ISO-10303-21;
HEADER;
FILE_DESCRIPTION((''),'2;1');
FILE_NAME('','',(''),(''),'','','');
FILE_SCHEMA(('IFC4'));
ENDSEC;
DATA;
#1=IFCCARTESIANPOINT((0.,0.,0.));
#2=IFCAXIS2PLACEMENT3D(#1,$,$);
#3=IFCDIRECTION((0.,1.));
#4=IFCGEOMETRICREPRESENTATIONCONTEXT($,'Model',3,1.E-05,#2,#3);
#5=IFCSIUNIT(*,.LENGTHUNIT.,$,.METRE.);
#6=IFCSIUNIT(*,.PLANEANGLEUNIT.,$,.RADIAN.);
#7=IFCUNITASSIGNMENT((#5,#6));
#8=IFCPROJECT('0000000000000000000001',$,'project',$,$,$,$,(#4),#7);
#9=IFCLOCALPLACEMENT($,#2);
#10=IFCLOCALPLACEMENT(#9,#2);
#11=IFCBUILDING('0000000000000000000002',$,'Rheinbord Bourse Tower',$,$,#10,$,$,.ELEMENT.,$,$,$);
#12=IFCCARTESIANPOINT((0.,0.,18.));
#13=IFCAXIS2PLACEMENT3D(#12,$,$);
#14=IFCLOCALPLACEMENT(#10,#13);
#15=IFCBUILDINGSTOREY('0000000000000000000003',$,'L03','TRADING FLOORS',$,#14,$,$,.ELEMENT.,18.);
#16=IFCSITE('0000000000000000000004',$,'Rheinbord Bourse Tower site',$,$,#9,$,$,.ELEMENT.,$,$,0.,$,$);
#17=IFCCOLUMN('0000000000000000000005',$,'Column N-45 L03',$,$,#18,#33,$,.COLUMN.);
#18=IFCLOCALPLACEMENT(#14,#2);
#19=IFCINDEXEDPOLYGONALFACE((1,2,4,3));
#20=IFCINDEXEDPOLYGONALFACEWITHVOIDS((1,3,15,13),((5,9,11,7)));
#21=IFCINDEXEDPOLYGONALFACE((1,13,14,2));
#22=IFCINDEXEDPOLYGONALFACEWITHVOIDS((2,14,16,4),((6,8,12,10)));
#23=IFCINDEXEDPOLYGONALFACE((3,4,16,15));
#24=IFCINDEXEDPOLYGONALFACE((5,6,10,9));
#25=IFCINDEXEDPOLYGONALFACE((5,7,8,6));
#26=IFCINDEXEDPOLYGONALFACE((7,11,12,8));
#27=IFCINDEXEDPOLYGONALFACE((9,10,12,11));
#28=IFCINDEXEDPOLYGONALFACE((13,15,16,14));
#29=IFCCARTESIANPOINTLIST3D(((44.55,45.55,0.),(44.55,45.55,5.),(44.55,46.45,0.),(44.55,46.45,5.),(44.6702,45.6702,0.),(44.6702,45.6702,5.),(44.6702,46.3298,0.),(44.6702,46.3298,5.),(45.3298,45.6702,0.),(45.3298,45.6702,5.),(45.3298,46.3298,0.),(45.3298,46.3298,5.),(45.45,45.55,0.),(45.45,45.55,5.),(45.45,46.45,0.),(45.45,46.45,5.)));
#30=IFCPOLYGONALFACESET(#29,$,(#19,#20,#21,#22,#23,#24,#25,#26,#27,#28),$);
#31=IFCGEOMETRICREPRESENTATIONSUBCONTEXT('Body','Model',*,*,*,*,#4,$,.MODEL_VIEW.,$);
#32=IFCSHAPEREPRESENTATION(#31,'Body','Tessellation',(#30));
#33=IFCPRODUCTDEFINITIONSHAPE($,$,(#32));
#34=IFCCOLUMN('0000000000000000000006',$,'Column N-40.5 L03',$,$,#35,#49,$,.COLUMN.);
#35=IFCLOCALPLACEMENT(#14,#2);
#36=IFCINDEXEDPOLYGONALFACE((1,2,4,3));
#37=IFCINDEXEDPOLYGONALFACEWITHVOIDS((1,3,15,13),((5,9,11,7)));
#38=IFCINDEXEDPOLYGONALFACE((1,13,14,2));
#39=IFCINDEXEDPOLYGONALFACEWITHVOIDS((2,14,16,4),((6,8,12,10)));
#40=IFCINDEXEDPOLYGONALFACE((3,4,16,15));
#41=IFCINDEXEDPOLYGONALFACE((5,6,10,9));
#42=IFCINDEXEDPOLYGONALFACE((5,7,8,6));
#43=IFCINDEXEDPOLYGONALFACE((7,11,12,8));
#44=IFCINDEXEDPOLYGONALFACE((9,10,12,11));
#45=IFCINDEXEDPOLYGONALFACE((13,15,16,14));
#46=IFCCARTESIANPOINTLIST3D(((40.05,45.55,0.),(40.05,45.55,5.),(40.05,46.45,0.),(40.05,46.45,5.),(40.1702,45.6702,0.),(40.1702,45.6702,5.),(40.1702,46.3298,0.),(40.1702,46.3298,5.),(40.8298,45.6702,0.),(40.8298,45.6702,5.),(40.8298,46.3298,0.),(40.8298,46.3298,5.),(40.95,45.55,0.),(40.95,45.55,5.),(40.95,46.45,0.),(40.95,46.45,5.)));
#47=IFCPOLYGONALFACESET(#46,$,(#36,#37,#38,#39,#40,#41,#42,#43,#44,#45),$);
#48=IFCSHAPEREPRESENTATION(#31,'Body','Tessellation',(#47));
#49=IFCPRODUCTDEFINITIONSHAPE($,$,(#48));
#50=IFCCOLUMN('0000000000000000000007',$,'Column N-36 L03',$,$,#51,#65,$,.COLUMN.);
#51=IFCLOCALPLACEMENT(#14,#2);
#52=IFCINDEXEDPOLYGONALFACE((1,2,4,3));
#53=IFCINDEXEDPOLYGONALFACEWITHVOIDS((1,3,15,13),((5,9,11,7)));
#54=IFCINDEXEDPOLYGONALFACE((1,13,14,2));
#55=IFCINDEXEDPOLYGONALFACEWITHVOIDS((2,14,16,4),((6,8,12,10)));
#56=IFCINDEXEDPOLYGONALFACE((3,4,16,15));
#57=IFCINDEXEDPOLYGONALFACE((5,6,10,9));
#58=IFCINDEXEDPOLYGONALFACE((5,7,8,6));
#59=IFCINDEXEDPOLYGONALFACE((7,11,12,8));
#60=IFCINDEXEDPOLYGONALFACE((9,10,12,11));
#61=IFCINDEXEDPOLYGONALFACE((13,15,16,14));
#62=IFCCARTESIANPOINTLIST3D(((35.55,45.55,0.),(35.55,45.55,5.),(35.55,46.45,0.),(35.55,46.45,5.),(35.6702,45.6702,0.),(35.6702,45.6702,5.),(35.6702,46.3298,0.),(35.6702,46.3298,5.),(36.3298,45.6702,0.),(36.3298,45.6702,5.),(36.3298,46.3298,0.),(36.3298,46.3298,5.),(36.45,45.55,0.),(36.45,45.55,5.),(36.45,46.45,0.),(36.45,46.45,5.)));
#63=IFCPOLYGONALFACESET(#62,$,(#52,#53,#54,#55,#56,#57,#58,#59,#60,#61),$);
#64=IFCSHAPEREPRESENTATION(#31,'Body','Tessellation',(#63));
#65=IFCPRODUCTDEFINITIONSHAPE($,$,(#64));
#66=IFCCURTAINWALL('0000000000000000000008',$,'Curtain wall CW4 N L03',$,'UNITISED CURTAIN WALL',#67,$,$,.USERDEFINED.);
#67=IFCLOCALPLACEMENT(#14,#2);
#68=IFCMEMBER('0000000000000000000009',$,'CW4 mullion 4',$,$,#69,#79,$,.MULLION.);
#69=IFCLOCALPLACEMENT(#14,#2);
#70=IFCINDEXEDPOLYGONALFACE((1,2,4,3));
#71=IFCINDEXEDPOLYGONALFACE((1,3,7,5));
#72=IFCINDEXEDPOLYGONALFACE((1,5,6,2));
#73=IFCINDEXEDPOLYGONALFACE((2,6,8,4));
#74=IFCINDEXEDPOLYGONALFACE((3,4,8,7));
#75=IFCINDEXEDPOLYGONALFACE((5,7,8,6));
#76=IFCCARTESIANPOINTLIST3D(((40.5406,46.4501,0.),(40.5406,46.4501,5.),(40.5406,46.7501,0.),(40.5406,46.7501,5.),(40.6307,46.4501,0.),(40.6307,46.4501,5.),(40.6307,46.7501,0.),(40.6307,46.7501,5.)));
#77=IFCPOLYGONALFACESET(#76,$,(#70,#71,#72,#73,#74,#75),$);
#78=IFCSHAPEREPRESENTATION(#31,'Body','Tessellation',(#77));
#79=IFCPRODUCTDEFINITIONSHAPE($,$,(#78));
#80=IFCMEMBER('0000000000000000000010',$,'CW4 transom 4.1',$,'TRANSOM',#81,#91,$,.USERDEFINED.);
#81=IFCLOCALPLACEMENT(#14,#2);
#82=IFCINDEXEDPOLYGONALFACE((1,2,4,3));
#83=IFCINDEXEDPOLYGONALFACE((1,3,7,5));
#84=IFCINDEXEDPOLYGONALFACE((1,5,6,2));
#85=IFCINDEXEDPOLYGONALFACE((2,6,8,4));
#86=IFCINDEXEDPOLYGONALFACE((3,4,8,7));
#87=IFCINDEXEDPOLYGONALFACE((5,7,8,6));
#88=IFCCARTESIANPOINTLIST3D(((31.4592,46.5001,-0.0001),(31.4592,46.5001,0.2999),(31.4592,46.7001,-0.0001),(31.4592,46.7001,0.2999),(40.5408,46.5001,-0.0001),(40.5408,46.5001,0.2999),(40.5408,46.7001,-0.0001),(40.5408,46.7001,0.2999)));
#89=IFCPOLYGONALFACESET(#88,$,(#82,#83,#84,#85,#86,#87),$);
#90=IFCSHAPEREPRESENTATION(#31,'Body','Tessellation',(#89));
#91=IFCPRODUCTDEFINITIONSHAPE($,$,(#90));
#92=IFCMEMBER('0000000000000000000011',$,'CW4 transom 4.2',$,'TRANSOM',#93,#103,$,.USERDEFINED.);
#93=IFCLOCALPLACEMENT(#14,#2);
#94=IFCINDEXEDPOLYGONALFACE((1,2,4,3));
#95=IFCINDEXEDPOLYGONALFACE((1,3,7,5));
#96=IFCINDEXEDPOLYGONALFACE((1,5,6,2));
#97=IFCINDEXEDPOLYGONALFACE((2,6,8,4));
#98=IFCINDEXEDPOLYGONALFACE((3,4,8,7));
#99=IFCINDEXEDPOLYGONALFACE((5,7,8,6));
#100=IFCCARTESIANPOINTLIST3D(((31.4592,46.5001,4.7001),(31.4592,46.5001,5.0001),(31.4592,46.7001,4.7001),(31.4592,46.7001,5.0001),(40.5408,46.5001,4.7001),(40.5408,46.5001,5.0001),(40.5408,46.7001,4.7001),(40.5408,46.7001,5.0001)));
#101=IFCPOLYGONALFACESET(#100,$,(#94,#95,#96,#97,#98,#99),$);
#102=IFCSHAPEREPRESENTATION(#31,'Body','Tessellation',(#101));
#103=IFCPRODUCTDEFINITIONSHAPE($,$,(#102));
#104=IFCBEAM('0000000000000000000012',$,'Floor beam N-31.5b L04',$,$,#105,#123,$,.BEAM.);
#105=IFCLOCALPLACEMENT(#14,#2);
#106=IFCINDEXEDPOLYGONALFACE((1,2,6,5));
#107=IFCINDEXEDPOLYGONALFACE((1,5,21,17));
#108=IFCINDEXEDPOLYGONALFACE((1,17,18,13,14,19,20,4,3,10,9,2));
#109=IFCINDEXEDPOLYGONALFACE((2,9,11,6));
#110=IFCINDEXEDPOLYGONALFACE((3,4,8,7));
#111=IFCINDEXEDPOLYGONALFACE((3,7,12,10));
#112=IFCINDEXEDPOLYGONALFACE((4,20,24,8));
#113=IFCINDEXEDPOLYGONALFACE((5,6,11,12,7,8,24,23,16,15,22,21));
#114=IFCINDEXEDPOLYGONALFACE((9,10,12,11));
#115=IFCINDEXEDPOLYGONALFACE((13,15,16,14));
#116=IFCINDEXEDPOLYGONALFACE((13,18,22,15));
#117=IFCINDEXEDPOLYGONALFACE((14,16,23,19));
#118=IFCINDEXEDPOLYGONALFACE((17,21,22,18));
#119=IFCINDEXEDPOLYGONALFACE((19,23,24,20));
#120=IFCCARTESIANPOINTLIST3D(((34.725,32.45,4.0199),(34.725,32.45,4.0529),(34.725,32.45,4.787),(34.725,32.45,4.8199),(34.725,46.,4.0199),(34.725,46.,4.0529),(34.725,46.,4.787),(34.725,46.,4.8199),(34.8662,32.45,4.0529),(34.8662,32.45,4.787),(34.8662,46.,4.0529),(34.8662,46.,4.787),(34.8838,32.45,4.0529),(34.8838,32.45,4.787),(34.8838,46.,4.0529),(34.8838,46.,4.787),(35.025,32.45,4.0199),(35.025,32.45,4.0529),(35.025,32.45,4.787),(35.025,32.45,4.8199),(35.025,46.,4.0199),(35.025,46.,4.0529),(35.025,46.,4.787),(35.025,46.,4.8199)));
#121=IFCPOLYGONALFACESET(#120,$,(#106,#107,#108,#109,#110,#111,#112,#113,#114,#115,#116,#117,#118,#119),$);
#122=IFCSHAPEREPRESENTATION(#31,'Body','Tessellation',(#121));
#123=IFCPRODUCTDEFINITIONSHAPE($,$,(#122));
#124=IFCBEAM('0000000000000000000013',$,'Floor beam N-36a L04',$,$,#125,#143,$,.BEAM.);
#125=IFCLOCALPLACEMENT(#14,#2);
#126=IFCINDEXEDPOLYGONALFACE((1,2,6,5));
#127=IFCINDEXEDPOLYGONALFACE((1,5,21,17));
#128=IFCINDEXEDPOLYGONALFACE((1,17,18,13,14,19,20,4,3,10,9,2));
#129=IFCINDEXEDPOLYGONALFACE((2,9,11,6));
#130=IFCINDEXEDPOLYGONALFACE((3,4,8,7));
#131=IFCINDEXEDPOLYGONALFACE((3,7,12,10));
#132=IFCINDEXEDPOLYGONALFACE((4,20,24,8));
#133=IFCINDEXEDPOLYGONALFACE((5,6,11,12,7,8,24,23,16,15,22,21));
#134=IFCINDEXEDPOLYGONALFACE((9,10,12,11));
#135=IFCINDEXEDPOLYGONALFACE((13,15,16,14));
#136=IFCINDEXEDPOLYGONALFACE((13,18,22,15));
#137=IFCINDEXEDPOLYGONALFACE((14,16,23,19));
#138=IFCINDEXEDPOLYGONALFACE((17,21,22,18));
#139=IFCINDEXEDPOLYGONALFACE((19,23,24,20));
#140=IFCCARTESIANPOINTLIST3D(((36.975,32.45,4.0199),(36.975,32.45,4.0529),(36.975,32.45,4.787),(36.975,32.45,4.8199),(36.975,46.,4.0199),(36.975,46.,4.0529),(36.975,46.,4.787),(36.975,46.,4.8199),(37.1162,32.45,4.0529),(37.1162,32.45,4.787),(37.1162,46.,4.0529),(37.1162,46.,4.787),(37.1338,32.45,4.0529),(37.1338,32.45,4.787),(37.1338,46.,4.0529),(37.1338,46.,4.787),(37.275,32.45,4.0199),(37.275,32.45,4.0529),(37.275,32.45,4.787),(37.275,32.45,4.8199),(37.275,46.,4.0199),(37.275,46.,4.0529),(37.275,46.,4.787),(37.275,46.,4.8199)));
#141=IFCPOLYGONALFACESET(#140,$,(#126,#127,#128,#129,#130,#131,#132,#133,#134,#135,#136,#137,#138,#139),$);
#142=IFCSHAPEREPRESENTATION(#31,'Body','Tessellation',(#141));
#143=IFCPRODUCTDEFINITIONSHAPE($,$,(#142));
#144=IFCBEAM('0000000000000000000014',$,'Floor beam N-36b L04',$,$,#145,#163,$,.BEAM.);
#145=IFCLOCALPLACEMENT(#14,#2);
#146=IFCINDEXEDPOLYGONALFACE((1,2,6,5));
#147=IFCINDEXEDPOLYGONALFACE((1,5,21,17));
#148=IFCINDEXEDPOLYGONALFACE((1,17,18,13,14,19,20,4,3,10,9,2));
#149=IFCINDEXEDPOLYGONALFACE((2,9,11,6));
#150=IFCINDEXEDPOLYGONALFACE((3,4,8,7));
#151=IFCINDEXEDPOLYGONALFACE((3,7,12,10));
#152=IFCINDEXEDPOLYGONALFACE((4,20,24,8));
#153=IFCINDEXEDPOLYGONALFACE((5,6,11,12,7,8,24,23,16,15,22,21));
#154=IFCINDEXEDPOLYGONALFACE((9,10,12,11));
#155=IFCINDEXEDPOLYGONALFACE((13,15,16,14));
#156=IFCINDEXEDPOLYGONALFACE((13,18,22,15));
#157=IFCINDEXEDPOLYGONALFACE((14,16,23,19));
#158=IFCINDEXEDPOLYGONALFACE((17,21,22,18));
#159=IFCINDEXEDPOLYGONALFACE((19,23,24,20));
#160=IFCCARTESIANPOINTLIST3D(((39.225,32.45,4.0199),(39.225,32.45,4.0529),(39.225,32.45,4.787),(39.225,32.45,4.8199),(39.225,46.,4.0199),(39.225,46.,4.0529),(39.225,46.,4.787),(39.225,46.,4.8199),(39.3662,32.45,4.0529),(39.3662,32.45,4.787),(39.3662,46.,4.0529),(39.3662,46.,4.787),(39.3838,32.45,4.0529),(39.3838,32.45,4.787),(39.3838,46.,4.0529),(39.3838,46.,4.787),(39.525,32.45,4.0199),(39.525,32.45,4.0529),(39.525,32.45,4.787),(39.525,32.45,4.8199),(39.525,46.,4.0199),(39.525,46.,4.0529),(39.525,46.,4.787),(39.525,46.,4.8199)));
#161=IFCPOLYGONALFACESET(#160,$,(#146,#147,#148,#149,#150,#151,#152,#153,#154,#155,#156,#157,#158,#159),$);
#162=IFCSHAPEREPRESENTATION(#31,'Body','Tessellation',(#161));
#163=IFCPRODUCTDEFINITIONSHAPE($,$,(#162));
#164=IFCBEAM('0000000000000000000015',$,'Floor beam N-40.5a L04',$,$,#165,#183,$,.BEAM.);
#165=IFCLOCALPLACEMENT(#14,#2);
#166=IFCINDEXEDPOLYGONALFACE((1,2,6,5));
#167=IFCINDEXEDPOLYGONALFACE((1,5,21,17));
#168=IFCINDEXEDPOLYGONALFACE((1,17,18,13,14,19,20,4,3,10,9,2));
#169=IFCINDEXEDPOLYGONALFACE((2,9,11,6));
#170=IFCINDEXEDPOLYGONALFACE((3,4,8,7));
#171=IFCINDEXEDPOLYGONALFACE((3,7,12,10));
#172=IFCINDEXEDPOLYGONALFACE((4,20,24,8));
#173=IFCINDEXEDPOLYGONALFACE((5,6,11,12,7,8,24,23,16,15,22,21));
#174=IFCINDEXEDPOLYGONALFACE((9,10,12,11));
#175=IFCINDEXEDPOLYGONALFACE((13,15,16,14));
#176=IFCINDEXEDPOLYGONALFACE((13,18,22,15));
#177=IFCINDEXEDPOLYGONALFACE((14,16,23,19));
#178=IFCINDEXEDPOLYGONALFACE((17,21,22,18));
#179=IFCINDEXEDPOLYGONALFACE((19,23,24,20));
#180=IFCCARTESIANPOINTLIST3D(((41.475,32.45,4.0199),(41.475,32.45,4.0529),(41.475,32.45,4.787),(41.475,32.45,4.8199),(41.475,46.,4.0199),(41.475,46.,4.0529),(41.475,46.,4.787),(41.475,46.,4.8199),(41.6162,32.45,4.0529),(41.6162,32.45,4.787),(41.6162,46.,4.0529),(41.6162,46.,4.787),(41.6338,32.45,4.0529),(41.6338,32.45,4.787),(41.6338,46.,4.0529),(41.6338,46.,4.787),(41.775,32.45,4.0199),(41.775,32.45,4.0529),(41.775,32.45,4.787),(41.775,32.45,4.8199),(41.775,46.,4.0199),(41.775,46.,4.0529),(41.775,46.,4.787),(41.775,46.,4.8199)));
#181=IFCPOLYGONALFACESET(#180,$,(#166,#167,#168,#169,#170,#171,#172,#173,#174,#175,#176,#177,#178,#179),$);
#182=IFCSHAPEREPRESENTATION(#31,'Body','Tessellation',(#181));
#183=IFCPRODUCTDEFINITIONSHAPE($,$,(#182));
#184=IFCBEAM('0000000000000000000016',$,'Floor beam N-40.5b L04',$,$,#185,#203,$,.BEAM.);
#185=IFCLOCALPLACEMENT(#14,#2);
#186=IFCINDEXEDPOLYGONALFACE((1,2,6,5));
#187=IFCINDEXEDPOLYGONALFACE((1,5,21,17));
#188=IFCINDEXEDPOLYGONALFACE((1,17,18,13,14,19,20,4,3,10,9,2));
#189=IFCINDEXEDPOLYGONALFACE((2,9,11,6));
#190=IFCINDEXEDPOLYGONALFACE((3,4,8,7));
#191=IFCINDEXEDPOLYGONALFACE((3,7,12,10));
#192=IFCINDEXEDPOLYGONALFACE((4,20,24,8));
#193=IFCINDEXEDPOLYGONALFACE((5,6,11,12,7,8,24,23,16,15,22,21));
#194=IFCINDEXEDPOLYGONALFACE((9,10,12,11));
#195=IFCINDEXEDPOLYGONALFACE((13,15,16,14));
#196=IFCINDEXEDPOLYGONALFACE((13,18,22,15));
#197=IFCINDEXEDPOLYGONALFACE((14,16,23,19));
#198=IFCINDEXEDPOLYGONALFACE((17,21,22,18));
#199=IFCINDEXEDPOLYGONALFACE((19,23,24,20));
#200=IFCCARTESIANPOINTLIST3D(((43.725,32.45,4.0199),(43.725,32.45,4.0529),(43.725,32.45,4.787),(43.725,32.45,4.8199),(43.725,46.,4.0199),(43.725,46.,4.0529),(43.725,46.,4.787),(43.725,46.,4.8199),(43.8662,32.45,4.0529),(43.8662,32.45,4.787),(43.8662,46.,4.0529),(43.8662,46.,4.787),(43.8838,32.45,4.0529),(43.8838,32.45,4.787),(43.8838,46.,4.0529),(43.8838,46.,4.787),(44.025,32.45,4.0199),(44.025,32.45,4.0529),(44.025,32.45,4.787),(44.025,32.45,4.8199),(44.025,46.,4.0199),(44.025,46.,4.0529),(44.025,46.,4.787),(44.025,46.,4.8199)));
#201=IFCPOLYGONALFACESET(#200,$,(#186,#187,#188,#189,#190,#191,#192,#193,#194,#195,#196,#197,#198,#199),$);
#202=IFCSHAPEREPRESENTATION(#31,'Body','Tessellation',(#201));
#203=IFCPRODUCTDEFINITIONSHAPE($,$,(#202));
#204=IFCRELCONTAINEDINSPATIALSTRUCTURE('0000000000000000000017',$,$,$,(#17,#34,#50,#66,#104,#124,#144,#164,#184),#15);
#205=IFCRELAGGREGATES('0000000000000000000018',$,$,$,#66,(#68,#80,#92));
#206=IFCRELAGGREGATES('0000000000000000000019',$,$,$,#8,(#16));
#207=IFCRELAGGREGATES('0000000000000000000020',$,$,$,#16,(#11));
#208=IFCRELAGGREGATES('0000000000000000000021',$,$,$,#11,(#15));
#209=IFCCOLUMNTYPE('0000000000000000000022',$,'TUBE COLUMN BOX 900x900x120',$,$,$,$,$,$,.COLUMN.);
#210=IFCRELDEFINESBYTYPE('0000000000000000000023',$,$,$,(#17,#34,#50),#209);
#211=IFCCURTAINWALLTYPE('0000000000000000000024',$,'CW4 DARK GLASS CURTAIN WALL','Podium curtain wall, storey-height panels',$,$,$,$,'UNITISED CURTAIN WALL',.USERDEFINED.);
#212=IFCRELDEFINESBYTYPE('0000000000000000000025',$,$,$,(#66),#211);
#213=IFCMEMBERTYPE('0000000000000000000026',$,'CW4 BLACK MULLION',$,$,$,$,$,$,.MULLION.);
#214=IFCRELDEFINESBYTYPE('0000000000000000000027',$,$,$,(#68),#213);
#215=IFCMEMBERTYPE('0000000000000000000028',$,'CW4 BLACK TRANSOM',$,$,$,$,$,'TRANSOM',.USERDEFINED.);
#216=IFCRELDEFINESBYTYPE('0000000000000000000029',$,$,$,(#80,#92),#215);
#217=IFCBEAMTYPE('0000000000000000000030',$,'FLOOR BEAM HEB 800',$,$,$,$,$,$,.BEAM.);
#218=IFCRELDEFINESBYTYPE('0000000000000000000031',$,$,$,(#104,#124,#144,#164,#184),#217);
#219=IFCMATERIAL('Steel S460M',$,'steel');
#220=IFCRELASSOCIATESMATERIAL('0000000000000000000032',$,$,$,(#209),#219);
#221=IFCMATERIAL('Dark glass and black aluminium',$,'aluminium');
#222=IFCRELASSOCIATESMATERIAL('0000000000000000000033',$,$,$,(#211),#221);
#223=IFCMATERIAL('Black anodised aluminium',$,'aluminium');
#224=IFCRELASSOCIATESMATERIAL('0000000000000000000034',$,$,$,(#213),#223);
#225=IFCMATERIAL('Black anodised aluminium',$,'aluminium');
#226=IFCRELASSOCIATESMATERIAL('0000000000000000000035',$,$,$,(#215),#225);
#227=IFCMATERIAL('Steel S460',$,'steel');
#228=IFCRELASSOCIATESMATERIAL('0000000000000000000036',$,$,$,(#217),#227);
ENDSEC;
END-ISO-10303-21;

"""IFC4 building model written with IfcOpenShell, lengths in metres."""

from ifc_helpers import new_model, si_unit, direction, frame, origin, origin_2d, place, context, subcontext, project, spatial, rectangle, hollow_rectangle, i_section, extrude, material, material_profile, profile_set, type_object, element, aggregate, save


model = new_model("IFC4")

# Units and contexts
model_context = context("Model", 3, precision=1e-05, world=origin(), true_north=direction((0.0, 1.0)))
body_context = subcontext(model_context, "Body", "Model", "MODEL_VIEW")
ifc_project = project(units=[si_unit("LENGTHUNIT", "METRE"), si_unit("PLANEANGLEUNIT", "RADIAN")], contexts=[model_context])

# Site, building, storey
site_placement = place(None, origin())
site = spatial("IfcSite", under=ifc_project, at=site_placement, Name="Rheinbord Bourse Tower site", CompositionType="ELEMENT", RefElevation=0.0)
building_placement = place(site_placement, origin())
building = spatial("IfcBuilding", under=site, at=building_placement, Name="Rheinbord Bourse Tower", CompositionType="ELEMENT")
storey_placement = place(building_placement, frame((0.0, 0.0, 18.0)))
storey = spatial("IfcBuildingStorey", under=building, at=storey_placement, Name="L03", Description="TRADING FLOORS", CompositionType="ELEMENT", Elevation=18.0)

# Columns
ifc_material_1 = material(Name="Steel S460M", Category="steel")
ifc_material_profile_1 = material_profile(ifc_material_1, hollow_rectangle(XDim=0.8999, YDim=0.8999, WallThickness=0.1201, at=origin_2d()), Name="BOX 900x900x120")
ifc_profile_set_1 = profile_set([ifc_material_profile_1], Name="Steel S460M")
column_type = type_object("IfcColumnType", Name="TUBE COLUMN BOX 900x900x120", PredefinedType="COLUMN", material=ifc_profile_set_1)
for number, where, z_axis, x_axis, name in (
    (1, (45.0, 46.0, 0.0), (0.0, 0.0, 1.0), (0.0, 1.0, 0.0), "Column N-45 L03"),
    (2, (40.5, 46.0, 0.0), (0.0, 0.0, 1.0), (0.0, 1.0, 0.0), "Column N-40.5 L03"),
    (3, (36.0, 46.0, 0.0), (0.0, 0.0, 1.0), (0.0, 1.0, 0.0), "Column N-36 L03"),
):
    element("IfcColumn", number, at=place(storey_placement, frame(where, z_axis=z_axis, x_axis=x_axis)), inside=storey, type_object=column_type, Name=name, PredefinedType="COLUMN", context=body_context, shape_type="SweptSolid", body=[
        extrude(hollow_rectangle(XDim=0.8999, YDim=0.8999, WallThickness=0.1201, at=origin_2d()), origin(), (0.0, 0.0, 1.0), 5.0),
    ])

# Curtain wall, members
ifc_material_2 = material(Name="Dark glass and black aluminium", Category="aluminium")
curtain_wall_type = type_object("IfcCurtainWallType", Name="CW4 DARK GLASS CURTAIN WALL", Description="Podium curtain wall, storey-height panels", ElementType="UNITISED CURTAIN WALL", PredefinedType="USERDEFINED", material=ifc_material_2)
curtain_wall_placement = place(storey_placement, origin())
curtain_wall = element("IfcCurtainWall", 4, at=curtain_wall_placement, inside=storey, type_object=curtain_wall_type, Name="Curtain wall CW4 N L03", ObjectType="UNITISED CURTAIN WALL", PredefinedType="USERDEFINED")
ifc_material_3 = material(Name="Black anodised aluminium", Category="aluminium")
ifc_material_profile_2 = material_profile(ifc_material_3, rectangle(XDim=0.3, YDim=0.0901, at=origin_2d()), Name="CW4 MULLION 90x300")
ifc_profile_set_2 = profile_set([ifc_material_profile_2], Name="Black anodised aluminium")
member_type_1 = type_object("IfcMemberType", Name="CW4 BLACK MULLION", PredefinedType="MULLION", material=ifc_profile_set_2)
member_1_placement = place(storey_placement, frame((40.5857, 46.6001, 0.0), z_axis=(0.0, 0.0, 1.0), x_axis=(0.0, -1.0, 0.0)))
member_1 = element("IfcMember", 5, at=member_1_placement, type_object=member_type_1, Name="CW4 mullion 4", PredefinedType="MULLION", context=body_context, shape_type="SweptSolid", body=[
    extrude(rectangle(XDim=0.3, YDim=0.0901, at=origin_2d()), origin(), (0.0, 0.0, 1.0), 5.0),
])
ifc_material_4 = material(Name="Black anodised aluminium", Category="aluminium")
ifc_material_profile_3 = material_profile(ifc_material_4, rectangle(XDim=0.2, YDim=0.3, at=origin_2d()), Name="CW4 TRANSOM 300x200")
ifc_profile_set_3 = profile_set([ifc_material_profile_3], Name="Black anodised aluminium")
member_type_2 = type_object("IfcMemberType", Name="CW4 BLACK TRANSOM", ElementType="TRANSOM", PredefinedType="USERDEFINED", material=ifc_profile_set_3)
member_2_placement = place(storey_placement, frame((40.5408, 46.6001, 0.1499), z_axis=(-1.0, 0.0, 0.0), x_axis=(0.0, -1.0, 0.0)))
member_2 = element("IfcMember", 6, at=member_2_placement, type_object=member_type_2, Name="CW4 transom 4.1", ObjectType="TRANSOM", PredefinedType="USERDEFINED", context=body_context, shape_type="SweptSolid", body=[
    extrude(rectangle(XDim=0.2, YDim=0.3, at=origin_2d()), origin(), (0.0, 0.0, 1.0), 9.0815),
])
member_3_placement = place(storey_placement, frame((40.5408, 46.6001, 4.8501), z_axis=(-1.0, 0.0, 0.0), x_axis=(0.0, -1.0, 0.0)))
member_3 = element("IfcMember", 7, at=member_3_placement, type_object=member_type_2, Name="CW4 transom 4.2", ObjectType="TRANSOM", PredefinedType="USERDEFINED", context=body_context, shape_type="SweptSolid", body=[
    extrude(rectangle(XDim=0.2, YDim=0.3, at=origin_2d()), origin(), (0.0, 0.0, 1.0), 9.0815),
])

# Beams
ifc_material_5 = material(Name="Steel S460", Category="steel")
ifc_material_profile_4 = material_profile(ifc_material_5, i_section(OverallWidth=0.3, OverallDepth=0.8, WebThickness=0.0176, FlangeThickness=0.033, at=origin_2d()), Name="HEB 800")
ifc_profile_set_4 = profile_set([ifc_material_profile_4], Name="Steel S460")
beam_type_1 = type_object("IfcBeamType", Name="FLOOR BEAM HEB 800", PredefinedType="BEAM", material=ifc_profile_set_4)
for number, where, z_axis, x_axis, name in (
    (8, (34.875, 46.0, 4.4199), (0.0, -1.0, 0.0), (1.0, 0.0, 0.0), "Floor beam N-31.5b L04"),
    (9, (37.125, 46.0, 4.4199), (0.0, -1.0, 0.0), (1.0, 0.0, 0.0), "Floor beam N-36a L04"),
    (10, (39.375, 46.0, 4.4199), (0.0, -1.0, 0.0), (1.0, 0.0, 0.0), "Floor beam N-36b L04"),
    (11, (41.625, 46.0, 4.4199), (0.0, -1.0, 0.0), (1.0, 0.0, 0.0), "Floor beam N-40.5a L04"),
    (12, (43.875, 46.0, 4.4199), (0.0, -1.0, 0.0), (1.0, 0.0, 0.0), "Floor beam N-40.5b L04"),
):
    element("IfcBeam", number, at=place(storey_placement, frame(where, z_axis=z_axis, x_axis=x_axis)), inside=storey, type_object=beam_type_1, Name=name, PredefinedType="BEAM", context=body_context, shape_type="SweptSolid", body=[
        extrude(i_section(OverallWidth=0.3, OverallDepth=0.8, WebThickness=0.0176, FlangeThickness=0.033, at=origin_2d()), origin(), (0.0, 0.0, 1.0), 13.55),
    ])

aggregate(curtain_wall, [member_1, member_2, member_3])

save(model, "model.ifc")
